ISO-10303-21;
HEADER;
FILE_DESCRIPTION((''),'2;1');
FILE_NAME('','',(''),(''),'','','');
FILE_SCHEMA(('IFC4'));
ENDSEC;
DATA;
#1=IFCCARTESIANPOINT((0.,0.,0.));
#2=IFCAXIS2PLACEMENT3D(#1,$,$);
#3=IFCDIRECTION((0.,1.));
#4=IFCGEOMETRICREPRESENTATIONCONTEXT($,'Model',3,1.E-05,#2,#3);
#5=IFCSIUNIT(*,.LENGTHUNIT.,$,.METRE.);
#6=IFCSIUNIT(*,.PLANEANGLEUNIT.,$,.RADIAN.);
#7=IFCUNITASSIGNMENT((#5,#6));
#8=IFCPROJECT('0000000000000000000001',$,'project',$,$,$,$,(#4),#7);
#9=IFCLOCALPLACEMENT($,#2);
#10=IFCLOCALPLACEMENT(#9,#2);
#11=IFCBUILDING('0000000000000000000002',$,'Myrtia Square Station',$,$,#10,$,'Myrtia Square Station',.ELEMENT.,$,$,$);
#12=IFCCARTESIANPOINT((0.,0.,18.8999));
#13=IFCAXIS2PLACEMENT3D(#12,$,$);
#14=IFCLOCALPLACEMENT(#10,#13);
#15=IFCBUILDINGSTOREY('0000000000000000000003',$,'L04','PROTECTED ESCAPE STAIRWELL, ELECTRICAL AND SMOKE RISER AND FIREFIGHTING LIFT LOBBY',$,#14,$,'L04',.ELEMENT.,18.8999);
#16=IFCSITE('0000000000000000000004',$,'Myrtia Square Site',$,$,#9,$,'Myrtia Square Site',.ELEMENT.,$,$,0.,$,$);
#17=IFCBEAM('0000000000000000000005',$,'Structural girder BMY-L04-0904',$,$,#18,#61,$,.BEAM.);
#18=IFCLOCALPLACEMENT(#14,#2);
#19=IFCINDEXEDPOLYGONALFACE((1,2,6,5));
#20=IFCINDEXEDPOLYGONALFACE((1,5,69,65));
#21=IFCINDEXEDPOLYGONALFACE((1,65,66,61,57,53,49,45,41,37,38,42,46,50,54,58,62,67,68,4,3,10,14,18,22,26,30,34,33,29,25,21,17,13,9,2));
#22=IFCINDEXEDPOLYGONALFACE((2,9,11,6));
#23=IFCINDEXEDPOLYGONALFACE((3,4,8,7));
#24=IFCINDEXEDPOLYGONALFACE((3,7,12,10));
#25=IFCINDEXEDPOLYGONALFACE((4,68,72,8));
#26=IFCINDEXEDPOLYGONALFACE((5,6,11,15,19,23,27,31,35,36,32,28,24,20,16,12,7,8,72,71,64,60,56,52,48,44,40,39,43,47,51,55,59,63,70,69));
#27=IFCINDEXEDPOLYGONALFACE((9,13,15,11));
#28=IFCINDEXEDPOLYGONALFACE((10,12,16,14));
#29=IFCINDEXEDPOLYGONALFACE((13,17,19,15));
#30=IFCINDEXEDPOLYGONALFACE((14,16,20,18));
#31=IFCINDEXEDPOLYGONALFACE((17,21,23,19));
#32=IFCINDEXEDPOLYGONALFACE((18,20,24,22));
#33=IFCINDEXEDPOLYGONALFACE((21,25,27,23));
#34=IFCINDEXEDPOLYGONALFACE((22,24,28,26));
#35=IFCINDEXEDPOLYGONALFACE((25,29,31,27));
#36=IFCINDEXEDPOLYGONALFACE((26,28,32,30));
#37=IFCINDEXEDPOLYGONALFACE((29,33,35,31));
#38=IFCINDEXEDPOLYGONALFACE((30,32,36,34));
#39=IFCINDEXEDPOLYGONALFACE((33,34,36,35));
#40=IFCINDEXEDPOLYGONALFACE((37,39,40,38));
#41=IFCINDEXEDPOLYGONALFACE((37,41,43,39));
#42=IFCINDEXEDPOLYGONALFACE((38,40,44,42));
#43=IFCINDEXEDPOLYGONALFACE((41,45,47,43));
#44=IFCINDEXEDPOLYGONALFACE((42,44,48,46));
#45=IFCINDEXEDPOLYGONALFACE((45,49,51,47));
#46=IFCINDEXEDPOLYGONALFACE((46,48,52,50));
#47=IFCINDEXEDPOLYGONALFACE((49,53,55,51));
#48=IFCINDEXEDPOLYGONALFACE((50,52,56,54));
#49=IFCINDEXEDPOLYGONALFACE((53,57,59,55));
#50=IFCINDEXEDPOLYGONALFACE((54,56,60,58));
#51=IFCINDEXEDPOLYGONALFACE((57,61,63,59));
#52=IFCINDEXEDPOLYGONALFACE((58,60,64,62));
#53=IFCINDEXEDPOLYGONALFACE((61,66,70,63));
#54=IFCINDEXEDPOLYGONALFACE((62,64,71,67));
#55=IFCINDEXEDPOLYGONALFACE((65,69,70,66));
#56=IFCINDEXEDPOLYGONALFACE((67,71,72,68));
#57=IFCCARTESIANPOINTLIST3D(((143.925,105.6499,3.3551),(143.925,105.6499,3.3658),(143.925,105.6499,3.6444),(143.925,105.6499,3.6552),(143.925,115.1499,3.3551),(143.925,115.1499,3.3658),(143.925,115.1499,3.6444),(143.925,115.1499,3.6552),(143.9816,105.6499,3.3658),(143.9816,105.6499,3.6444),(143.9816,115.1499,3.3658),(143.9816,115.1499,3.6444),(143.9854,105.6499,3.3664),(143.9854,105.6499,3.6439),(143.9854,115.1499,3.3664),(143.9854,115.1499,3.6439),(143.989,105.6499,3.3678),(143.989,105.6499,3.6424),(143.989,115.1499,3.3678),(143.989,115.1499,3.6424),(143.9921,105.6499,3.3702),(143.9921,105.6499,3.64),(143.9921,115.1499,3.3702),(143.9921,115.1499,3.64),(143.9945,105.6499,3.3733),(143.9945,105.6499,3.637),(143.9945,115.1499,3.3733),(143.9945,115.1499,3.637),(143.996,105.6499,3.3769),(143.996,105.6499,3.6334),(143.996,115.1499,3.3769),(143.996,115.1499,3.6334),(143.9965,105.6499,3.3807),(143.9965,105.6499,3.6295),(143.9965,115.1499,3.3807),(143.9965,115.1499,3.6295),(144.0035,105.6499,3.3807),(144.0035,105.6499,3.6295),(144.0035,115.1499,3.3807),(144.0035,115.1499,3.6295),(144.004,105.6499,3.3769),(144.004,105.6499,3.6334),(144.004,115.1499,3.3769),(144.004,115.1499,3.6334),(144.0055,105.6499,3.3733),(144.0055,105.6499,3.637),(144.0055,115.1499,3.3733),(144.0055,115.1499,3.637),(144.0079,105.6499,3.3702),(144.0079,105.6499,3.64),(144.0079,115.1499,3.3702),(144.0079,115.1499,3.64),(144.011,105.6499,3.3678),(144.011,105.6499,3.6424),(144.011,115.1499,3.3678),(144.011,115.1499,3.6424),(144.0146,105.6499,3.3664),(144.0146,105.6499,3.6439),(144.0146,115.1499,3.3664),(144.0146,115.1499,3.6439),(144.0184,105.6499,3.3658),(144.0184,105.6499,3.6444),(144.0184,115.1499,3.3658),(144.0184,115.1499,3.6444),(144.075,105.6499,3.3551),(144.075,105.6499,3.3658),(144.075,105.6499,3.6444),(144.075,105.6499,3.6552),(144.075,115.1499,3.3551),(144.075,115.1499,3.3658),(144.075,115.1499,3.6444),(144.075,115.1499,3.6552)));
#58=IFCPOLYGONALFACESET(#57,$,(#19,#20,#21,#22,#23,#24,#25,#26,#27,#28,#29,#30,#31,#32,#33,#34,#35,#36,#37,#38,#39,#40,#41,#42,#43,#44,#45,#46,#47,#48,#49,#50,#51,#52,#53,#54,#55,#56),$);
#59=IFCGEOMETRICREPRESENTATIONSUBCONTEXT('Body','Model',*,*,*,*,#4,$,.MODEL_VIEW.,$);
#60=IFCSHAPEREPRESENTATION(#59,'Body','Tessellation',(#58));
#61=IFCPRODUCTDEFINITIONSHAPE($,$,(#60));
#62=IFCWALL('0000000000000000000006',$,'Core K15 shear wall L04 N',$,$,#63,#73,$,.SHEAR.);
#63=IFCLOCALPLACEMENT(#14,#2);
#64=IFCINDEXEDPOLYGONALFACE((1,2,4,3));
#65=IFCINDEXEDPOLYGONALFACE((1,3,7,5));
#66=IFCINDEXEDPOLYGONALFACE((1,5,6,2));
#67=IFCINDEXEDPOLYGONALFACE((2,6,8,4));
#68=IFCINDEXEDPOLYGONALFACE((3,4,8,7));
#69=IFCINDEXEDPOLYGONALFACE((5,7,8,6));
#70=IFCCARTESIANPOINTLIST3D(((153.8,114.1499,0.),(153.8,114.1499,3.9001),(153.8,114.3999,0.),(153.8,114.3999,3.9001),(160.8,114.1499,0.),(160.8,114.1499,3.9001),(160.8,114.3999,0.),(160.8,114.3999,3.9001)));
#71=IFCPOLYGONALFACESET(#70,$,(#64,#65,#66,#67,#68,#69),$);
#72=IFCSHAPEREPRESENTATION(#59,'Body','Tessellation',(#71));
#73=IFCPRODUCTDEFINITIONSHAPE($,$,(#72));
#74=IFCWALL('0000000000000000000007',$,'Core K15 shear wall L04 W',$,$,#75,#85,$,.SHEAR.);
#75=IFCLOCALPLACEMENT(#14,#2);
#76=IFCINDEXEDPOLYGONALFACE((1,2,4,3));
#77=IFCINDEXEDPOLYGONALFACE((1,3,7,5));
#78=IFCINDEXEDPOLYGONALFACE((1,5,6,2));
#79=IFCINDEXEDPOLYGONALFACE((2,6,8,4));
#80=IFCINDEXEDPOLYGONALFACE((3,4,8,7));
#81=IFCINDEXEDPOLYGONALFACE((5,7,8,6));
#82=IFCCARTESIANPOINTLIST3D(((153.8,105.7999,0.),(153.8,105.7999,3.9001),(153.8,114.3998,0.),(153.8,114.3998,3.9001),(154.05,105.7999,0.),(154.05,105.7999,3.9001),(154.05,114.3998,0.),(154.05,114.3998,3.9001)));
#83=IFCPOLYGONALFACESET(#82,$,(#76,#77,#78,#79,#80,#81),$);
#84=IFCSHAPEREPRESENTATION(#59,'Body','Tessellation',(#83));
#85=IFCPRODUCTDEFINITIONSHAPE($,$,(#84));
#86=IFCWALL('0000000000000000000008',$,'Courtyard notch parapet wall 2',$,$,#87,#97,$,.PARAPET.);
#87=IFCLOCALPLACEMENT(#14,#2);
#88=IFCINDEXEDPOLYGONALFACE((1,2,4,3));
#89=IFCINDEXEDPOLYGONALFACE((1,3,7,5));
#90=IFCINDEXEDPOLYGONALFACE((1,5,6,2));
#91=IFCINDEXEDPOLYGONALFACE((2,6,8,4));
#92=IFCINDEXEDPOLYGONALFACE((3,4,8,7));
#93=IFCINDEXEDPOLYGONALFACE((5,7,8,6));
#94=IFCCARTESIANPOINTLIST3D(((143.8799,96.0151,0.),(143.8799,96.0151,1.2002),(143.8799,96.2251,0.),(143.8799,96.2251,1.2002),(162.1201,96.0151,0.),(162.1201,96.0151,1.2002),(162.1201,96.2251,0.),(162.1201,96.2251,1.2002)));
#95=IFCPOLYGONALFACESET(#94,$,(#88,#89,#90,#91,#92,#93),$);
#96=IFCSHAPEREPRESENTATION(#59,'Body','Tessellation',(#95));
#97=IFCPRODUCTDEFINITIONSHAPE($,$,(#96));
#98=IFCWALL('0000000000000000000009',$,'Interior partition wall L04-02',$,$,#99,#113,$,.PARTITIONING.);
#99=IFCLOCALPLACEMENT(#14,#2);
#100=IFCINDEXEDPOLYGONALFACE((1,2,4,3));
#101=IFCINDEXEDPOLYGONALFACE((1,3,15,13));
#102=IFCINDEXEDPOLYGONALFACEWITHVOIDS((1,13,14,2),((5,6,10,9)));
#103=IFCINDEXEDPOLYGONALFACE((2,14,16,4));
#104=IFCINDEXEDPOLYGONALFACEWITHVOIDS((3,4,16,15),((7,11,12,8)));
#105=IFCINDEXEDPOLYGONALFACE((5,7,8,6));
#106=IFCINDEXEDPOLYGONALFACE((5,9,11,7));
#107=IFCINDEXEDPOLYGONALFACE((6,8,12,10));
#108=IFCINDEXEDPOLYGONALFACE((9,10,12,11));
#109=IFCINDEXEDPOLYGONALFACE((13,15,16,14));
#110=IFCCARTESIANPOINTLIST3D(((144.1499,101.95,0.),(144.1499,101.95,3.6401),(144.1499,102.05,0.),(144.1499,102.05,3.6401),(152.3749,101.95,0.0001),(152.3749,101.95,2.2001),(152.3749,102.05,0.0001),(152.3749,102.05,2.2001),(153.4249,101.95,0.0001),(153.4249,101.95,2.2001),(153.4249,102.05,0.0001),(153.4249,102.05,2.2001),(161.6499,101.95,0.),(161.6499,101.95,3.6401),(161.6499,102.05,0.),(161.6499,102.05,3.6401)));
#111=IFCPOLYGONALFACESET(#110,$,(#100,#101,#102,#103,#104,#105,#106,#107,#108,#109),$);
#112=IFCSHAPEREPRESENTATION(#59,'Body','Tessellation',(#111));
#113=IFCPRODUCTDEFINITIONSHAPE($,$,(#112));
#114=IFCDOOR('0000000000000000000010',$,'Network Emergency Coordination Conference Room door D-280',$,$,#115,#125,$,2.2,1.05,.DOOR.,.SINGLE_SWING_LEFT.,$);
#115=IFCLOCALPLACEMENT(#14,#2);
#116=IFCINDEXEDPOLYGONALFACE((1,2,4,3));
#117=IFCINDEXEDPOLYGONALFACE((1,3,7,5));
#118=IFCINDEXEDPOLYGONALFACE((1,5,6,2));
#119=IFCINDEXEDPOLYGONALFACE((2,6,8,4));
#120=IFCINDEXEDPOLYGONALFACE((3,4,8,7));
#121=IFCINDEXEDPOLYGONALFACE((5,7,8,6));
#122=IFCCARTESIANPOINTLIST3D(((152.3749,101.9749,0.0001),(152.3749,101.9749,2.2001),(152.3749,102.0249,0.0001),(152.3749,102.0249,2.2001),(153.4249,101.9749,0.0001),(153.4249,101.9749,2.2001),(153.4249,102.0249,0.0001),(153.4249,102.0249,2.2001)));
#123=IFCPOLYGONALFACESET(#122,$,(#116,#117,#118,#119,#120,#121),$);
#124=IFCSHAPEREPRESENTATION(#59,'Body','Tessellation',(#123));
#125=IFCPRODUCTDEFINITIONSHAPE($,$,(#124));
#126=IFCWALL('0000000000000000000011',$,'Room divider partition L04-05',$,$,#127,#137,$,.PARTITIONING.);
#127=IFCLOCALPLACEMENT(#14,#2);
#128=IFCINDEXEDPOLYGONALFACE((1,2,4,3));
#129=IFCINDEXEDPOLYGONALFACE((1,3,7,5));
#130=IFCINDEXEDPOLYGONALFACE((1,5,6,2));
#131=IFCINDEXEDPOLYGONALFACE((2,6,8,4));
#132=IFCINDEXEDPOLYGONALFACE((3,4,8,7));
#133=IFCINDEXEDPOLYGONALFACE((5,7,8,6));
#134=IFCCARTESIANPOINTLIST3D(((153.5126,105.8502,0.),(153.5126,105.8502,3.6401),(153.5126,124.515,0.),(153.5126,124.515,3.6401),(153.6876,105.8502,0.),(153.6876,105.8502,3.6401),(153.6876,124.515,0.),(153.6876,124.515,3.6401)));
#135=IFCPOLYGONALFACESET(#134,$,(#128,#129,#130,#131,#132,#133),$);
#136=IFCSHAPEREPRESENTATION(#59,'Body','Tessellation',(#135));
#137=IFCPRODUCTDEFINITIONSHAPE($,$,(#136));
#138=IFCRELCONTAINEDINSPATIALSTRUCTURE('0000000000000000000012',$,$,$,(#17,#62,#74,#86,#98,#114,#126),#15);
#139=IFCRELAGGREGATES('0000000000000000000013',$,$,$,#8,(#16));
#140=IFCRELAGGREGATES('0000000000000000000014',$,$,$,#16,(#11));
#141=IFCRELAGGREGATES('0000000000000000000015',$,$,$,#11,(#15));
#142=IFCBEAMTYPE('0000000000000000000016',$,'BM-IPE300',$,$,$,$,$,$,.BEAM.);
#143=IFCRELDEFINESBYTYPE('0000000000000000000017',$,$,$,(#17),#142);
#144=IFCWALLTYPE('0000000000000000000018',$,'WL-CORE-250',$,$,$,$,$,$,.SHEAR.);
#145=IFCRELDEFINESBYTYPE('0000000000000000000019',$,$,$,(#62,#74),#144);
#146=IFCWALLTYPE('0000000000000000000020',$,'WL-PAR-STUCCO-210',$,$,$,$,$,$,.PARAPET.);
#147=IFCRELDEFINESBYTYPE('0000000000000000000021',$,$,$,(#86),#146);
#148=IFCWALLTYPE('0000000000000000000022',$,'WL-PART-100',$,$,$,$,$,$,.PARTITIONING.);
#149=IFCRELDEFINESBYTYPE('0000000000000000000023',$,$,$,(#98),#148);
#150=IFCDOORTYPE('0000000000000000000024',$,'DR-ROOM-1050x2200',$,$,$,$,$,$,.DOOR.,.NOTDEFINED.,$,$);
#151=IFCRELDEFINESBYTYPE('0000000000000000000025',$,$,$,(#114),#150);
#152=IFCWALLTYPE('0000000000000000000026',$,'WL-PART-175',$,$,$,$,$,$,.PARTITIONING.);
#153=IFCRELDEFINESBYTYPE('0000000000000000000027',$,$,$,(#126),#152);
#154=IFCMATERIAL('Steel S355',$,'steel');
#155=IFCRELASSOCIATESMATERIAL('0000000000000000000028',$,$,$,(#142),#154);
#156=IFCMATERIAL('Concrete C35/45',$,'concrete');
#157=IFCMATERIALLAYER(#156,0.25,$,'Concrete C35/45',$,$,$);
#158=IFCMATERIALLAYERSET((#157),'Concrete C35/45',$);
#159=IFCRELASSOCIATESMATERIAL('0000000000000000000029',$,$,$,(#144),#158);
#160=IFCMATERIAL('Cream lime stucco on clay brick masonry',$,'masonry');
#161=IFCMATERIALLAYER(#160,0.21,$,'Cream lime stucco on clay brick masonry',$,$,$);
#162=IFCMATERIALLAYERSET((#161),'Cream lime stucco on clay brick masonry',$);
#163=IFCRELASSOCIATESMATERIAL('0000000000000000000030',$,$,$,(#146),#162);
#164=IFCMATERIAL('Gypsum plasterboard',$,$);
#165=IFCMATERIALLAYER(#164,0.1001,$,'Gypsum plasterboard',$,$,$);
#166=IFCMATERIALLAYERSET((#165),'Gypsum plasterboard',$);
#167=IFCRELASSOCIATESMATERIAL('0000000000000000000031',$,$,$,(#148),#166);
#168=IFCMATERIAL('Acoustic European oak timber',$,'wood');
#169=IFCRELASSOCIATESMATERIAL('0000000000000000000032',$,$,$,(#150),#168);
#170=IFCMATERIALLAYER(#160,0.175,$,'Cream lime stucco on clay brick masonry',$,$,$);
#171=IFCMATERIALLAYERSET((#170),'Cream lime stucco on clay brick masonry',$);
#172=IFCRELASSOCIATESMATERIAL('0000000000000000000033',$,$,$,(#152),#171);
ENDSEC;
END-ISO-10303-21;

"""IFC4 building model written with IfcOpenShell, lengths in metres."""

from ifc_helpers import new_model, si_unit, direction, frame, frame_2d, origin, origin_2d, place, context, subcontext, project, spatial, rectangle, i_section, extrude, material, layer, layer_set, material_profile, profile_set, type_object, element, fill, save


model = new_model("IFC4")

# Units and contexts
model_context = context("Model", 3, precision=1e-05, world=origin(), true_north=direction((0.0, 1.0)))
body_context = subcontext(model_context, "Body", "Model", "MODEL_VIEW")
ifc_project = project(units=[si_unit("LENGTHUNIT", "METRE"), si_unit("PLANEANGLEUNIT", "RADIAN")], contexts=[model_context])

# Site, building, storey
site_placement = place(None, origin())
site = spatial("IfcSite", under=ifc_project, at=site_placement, Name="Myrtia Square Site", LongName="Myrtia Square Site", CompositionType="ELEMENT", RefElevation=0.0)
building_placement = place(site_placement, origin())
building = spatial("IfcBuilding", under=site, at=building_placement, Name="Myrtia Square Station", LongName="Myrtia Square Station", CompositionType="ELEMENT")
storey_placement = place(building_placement, frame((0.0, 0.0, 18.8999)))
storey = spatial("IfcBuildingStorey", under=building, at=storey_placement, Name="L04", Description="PROTECTED ESCAPE STAIRWELL, ELECTRICAL AND SMOKE RISER AND FIREFIGHTING LIFT LOBBY", LongName="L04", CompositionType="ELEMENT", Elevation=18.8999)

# Shared definitions
ifc_material_1 = material(Name="Steel S355", Category="steel")

# Beam
ifc_material_profile_1 = material_profile(ifc_material_1, i_section(OverallWidth=0.1499, OverallDepth=0.3, WebThickness=0.0071, FlangeThickness=0.0107, FilletRadius=0.0149, at=origin_2d()), Name="IPE 300")
ifc_profile_set_1 = profile_set([ifc_material_profile_1], Name="Steel S355")
beam_type_1 = type_object("IfcBeamType", Name="BM-IPE300", PredefinedType="BEAM", material=ifc_profile_set_1)
for number, where, z_axis, x_axis, name in (
    (1, (144.0, 105.6499, 3.5051), (0.0, 1.0, 0.0), (-1.0, 0.0, 0.0), "Structural girder BMY-L04-0904"),
):
    element("IfcBeam", number, at=place(storey_placement, frame(where, z_axis=z_axis, x_axis=x_axis)), inside=storey, type_object=beam_type_1, Name=name, PredefinedType="BEAM", context=body_context, shape_type="SweptSolid", body=[
        extrude(i_section(OverallWidth=0.1499, OverallDepth=0.3, WebThickness=0.0071, FlangeThickness=0.0107, FilletRadius=0.0149, at=origin_2d()), origin(), (0.0, 0.0, 1.0), 9.5),
    ])

# Shared definitions
ifc_material_2 = material(Name="Concrete C35/45", Category="concrete")
ifc_layer_1 = layer(ifc_material_2, 0.25, Name="Concrete C35/45")
ifc_layer_set_1 = layer_set([ifc_layer_1], Name="Concrete C35/45")
wall_type_1 = type_object("IfcWallType", Name="WL-CORE-250", PredefinedType="SHEAR", material=ifc_layer_set_1)

# Walls
wall_1_placement = place(storey_placement, frame((153.8, 114.2749, 0.0), z_axis=(0.0, 0.0, 1.0), x_axis=(1.0, 0.0, 0.0)))
element("IfcWall", 2, at=wall_1_placement, inside=storey, type_object=wall_type_1, Name="Core K15 shear wall L04 N", PredefinedType="SHEAR", context=body_context, shape_type="SweptSolid", body=[
    extrude(rectangle(XDim=7.0, YDim=0.25, at=frame_2d((3.5, 0.0))), origin(), (0.0, 0.0, 1.0), 3.9001),
])
wall_2_placement = place(storey_placement, frame((153.925, 105.8, 0.0), z_axis=(0.0, 0.0, 1.0), x_axis=(0.0, 1.0, 0.0)))
element("IfcWall", 3, at=wall_2_placement, inside=storey, type_object=wall_type_1, Name="Core K15 shear wall L04 W", PredefinedType="SHEAR", context=body_context, shape_type="SweptSolid", body=[
    extrude(rectangle(XDim=8.5999, YDim=0.25, at=frame_2d((4.2998, 0.0))), origin(), (0.0, 0.0, 1.0), 3.9001),
])
ifc_material_3 = material(Name="Cream lime stucco on clay brick masonry", Category="masonry")
ifc_layer_2 = layer(ifc_material_3, 0.21, Name="Cream lime stucco on clay brick masonry")
ifc_layer_set_2 = layer_set([ifc_layer_2], Name="Cream lime stucco on clay brick masonry")
wall_type_2 = type_object("IfcWallType", Name="WL-PAR-STUCCO-210", PredefinedType="PARAPET", material=ifc_layer_set_2)
wall_3_placement = place(storey_placement, frame((143.8799, 96.1201, 0.0), z_axis=(0.0, 0.0, 1.0), x_axis=(1.0, 0.0, 0.0)))
element("IfcWall", 4, at=wall_3_placement, inside=storey, type_object=wall_type_2, Name="Courtyard notch parapet wall 2", PredefinedType="PARAPET", context=body_context, shape_type="SweptSolid", body=[
    extrude(rectangle(XDim=18.2402, YDim=0.21, at=frame_2d((9.1201, 0.0))), origin(), (0.0, 0.0, 1.0), 1.2002),
])

# Wall, opening, door
ifc_material_4 = material(Name="Gypsum plasterboard")
ifc_layer_3 = layer(ifc_material_4, 0.1001, Name="Gypsum plasterboard")
ifc_layer_set_3 = layer_set([ifc_layer_3], Name="Gypsum plasterboard")
wall_type_3 = type_object("IfcWallType", Name="WL-PART-100", PredefinedType="PARTITIONING", material=ifc_layer_set_3)
wall_4_placement = place(storey_placement, frame((144.1499, 102.0, 0.0), z_axis=(0.0, 0.0, 1.0), x_axis=(1.0, 0.0, 0.0)))
wall_4 = element("IfcWall", 5, at=wall_4_placement, inside=storey, type_object=wall_type_3, Name="Interior partition wall L04-02", PredefinedType="PARTITIONING", context=body_context, shape_type="SweptSolid", body=[
    extrude(rectangle(XDim=17.5, YDim=0.1001, at=frame_2d((8.75, 0.0))), origin(), (0.0, 0.0, 1.0), 3.6401),
])
opening_1_placement = place(wall_4_placement, frame((8.2251, 0.0, 0.0)))
opening_1 = element("IfcOpeningElement", 6, at=opening_1_placement, cuts=wall_4, PredefinedType="OPENING", context=body_context, shape_type="SweptSolid", body=[
    extrude(rectangle(XDim=1.05, YDim=2.2, at=frame_2d((0.5249, 1.1001))), frame((0.0, 0.0649, 0.0), z_axis=(0.0, -1.0, 0.0), x_axis=(1.0, 0.0, 0.0)), (0.0, 0.0, 1.0), 0.1301),
])
ifc_material_5 = material(Name="Acoustic European oak timber", Category="wood")
door_type_1 = type_object("IfcDoorType", Name="DR-ROOM-1050x2200", OperationType="NOTDEFINED", PredefinedType="DOOR", material=ifc_material_5)
door_1_placement = place(opening_1_placement, origin())
door_1 = element("IfcDoor", 7, at=door_1_placement, inside=storey, type_object=door_type_1, Name="Network Emergency Coordination Conference Room door D-280", OperationType="SINGLE_SWING_LEFT", OverallHeight=2.2, OverallWidth=1.05, PredefinedType="DOOR", context=body_context, shape_type="SweptSolid", body=[
    extrude(rectangle(XDim=1.05, YDim=2.2, at=frame_2d((0.5249, 1.1001))), frame((0.0, 0.0249, 0.0), z_axis=(0.0, -1.0, 0.0), x_axis=(1.0, 0.0, 0.0)), (0.0, 0.0, 1.0), 0.05),
])
fill(opening_1, door_1)

# Wall
ifc_layer_4 = layer(ifc_material_3, 0.175, Name="Cream lime stucco on clay brick masonry")
ifc_layer_set_4 = layer_set([ifc_layer_4], Name="Cream lime stucco on clay brick masonry")
wall_type_4 = type_object("IfcWallType", Name="WL-PART-175", PredefinedType="PARTITIONING", material=ifc_layer_set_4)
wall_5_placement = place(storey_placement, frame((153.6001, 105.8501, 0.0), z_axis=(0.0, 0.0, 1.0), x_axis=(0.0, 1.0, 0.0)))
element("IfcWall", 8, at=wall_5_placement, inside=storey, type_object=wall_type_4, Name="Room divider partition L04-05", PredefinedType="PARTITIONING", context=body_context, shape_type="SweptSolid", body=[
    extrude(rectangle(XDim=18.6648, YDim=0.175, at=frame_2d((9.3325, 0.0))), origin(), (0.0, 0.0, 1.0), 3.6401),
])

save(model, "model.ifc")
